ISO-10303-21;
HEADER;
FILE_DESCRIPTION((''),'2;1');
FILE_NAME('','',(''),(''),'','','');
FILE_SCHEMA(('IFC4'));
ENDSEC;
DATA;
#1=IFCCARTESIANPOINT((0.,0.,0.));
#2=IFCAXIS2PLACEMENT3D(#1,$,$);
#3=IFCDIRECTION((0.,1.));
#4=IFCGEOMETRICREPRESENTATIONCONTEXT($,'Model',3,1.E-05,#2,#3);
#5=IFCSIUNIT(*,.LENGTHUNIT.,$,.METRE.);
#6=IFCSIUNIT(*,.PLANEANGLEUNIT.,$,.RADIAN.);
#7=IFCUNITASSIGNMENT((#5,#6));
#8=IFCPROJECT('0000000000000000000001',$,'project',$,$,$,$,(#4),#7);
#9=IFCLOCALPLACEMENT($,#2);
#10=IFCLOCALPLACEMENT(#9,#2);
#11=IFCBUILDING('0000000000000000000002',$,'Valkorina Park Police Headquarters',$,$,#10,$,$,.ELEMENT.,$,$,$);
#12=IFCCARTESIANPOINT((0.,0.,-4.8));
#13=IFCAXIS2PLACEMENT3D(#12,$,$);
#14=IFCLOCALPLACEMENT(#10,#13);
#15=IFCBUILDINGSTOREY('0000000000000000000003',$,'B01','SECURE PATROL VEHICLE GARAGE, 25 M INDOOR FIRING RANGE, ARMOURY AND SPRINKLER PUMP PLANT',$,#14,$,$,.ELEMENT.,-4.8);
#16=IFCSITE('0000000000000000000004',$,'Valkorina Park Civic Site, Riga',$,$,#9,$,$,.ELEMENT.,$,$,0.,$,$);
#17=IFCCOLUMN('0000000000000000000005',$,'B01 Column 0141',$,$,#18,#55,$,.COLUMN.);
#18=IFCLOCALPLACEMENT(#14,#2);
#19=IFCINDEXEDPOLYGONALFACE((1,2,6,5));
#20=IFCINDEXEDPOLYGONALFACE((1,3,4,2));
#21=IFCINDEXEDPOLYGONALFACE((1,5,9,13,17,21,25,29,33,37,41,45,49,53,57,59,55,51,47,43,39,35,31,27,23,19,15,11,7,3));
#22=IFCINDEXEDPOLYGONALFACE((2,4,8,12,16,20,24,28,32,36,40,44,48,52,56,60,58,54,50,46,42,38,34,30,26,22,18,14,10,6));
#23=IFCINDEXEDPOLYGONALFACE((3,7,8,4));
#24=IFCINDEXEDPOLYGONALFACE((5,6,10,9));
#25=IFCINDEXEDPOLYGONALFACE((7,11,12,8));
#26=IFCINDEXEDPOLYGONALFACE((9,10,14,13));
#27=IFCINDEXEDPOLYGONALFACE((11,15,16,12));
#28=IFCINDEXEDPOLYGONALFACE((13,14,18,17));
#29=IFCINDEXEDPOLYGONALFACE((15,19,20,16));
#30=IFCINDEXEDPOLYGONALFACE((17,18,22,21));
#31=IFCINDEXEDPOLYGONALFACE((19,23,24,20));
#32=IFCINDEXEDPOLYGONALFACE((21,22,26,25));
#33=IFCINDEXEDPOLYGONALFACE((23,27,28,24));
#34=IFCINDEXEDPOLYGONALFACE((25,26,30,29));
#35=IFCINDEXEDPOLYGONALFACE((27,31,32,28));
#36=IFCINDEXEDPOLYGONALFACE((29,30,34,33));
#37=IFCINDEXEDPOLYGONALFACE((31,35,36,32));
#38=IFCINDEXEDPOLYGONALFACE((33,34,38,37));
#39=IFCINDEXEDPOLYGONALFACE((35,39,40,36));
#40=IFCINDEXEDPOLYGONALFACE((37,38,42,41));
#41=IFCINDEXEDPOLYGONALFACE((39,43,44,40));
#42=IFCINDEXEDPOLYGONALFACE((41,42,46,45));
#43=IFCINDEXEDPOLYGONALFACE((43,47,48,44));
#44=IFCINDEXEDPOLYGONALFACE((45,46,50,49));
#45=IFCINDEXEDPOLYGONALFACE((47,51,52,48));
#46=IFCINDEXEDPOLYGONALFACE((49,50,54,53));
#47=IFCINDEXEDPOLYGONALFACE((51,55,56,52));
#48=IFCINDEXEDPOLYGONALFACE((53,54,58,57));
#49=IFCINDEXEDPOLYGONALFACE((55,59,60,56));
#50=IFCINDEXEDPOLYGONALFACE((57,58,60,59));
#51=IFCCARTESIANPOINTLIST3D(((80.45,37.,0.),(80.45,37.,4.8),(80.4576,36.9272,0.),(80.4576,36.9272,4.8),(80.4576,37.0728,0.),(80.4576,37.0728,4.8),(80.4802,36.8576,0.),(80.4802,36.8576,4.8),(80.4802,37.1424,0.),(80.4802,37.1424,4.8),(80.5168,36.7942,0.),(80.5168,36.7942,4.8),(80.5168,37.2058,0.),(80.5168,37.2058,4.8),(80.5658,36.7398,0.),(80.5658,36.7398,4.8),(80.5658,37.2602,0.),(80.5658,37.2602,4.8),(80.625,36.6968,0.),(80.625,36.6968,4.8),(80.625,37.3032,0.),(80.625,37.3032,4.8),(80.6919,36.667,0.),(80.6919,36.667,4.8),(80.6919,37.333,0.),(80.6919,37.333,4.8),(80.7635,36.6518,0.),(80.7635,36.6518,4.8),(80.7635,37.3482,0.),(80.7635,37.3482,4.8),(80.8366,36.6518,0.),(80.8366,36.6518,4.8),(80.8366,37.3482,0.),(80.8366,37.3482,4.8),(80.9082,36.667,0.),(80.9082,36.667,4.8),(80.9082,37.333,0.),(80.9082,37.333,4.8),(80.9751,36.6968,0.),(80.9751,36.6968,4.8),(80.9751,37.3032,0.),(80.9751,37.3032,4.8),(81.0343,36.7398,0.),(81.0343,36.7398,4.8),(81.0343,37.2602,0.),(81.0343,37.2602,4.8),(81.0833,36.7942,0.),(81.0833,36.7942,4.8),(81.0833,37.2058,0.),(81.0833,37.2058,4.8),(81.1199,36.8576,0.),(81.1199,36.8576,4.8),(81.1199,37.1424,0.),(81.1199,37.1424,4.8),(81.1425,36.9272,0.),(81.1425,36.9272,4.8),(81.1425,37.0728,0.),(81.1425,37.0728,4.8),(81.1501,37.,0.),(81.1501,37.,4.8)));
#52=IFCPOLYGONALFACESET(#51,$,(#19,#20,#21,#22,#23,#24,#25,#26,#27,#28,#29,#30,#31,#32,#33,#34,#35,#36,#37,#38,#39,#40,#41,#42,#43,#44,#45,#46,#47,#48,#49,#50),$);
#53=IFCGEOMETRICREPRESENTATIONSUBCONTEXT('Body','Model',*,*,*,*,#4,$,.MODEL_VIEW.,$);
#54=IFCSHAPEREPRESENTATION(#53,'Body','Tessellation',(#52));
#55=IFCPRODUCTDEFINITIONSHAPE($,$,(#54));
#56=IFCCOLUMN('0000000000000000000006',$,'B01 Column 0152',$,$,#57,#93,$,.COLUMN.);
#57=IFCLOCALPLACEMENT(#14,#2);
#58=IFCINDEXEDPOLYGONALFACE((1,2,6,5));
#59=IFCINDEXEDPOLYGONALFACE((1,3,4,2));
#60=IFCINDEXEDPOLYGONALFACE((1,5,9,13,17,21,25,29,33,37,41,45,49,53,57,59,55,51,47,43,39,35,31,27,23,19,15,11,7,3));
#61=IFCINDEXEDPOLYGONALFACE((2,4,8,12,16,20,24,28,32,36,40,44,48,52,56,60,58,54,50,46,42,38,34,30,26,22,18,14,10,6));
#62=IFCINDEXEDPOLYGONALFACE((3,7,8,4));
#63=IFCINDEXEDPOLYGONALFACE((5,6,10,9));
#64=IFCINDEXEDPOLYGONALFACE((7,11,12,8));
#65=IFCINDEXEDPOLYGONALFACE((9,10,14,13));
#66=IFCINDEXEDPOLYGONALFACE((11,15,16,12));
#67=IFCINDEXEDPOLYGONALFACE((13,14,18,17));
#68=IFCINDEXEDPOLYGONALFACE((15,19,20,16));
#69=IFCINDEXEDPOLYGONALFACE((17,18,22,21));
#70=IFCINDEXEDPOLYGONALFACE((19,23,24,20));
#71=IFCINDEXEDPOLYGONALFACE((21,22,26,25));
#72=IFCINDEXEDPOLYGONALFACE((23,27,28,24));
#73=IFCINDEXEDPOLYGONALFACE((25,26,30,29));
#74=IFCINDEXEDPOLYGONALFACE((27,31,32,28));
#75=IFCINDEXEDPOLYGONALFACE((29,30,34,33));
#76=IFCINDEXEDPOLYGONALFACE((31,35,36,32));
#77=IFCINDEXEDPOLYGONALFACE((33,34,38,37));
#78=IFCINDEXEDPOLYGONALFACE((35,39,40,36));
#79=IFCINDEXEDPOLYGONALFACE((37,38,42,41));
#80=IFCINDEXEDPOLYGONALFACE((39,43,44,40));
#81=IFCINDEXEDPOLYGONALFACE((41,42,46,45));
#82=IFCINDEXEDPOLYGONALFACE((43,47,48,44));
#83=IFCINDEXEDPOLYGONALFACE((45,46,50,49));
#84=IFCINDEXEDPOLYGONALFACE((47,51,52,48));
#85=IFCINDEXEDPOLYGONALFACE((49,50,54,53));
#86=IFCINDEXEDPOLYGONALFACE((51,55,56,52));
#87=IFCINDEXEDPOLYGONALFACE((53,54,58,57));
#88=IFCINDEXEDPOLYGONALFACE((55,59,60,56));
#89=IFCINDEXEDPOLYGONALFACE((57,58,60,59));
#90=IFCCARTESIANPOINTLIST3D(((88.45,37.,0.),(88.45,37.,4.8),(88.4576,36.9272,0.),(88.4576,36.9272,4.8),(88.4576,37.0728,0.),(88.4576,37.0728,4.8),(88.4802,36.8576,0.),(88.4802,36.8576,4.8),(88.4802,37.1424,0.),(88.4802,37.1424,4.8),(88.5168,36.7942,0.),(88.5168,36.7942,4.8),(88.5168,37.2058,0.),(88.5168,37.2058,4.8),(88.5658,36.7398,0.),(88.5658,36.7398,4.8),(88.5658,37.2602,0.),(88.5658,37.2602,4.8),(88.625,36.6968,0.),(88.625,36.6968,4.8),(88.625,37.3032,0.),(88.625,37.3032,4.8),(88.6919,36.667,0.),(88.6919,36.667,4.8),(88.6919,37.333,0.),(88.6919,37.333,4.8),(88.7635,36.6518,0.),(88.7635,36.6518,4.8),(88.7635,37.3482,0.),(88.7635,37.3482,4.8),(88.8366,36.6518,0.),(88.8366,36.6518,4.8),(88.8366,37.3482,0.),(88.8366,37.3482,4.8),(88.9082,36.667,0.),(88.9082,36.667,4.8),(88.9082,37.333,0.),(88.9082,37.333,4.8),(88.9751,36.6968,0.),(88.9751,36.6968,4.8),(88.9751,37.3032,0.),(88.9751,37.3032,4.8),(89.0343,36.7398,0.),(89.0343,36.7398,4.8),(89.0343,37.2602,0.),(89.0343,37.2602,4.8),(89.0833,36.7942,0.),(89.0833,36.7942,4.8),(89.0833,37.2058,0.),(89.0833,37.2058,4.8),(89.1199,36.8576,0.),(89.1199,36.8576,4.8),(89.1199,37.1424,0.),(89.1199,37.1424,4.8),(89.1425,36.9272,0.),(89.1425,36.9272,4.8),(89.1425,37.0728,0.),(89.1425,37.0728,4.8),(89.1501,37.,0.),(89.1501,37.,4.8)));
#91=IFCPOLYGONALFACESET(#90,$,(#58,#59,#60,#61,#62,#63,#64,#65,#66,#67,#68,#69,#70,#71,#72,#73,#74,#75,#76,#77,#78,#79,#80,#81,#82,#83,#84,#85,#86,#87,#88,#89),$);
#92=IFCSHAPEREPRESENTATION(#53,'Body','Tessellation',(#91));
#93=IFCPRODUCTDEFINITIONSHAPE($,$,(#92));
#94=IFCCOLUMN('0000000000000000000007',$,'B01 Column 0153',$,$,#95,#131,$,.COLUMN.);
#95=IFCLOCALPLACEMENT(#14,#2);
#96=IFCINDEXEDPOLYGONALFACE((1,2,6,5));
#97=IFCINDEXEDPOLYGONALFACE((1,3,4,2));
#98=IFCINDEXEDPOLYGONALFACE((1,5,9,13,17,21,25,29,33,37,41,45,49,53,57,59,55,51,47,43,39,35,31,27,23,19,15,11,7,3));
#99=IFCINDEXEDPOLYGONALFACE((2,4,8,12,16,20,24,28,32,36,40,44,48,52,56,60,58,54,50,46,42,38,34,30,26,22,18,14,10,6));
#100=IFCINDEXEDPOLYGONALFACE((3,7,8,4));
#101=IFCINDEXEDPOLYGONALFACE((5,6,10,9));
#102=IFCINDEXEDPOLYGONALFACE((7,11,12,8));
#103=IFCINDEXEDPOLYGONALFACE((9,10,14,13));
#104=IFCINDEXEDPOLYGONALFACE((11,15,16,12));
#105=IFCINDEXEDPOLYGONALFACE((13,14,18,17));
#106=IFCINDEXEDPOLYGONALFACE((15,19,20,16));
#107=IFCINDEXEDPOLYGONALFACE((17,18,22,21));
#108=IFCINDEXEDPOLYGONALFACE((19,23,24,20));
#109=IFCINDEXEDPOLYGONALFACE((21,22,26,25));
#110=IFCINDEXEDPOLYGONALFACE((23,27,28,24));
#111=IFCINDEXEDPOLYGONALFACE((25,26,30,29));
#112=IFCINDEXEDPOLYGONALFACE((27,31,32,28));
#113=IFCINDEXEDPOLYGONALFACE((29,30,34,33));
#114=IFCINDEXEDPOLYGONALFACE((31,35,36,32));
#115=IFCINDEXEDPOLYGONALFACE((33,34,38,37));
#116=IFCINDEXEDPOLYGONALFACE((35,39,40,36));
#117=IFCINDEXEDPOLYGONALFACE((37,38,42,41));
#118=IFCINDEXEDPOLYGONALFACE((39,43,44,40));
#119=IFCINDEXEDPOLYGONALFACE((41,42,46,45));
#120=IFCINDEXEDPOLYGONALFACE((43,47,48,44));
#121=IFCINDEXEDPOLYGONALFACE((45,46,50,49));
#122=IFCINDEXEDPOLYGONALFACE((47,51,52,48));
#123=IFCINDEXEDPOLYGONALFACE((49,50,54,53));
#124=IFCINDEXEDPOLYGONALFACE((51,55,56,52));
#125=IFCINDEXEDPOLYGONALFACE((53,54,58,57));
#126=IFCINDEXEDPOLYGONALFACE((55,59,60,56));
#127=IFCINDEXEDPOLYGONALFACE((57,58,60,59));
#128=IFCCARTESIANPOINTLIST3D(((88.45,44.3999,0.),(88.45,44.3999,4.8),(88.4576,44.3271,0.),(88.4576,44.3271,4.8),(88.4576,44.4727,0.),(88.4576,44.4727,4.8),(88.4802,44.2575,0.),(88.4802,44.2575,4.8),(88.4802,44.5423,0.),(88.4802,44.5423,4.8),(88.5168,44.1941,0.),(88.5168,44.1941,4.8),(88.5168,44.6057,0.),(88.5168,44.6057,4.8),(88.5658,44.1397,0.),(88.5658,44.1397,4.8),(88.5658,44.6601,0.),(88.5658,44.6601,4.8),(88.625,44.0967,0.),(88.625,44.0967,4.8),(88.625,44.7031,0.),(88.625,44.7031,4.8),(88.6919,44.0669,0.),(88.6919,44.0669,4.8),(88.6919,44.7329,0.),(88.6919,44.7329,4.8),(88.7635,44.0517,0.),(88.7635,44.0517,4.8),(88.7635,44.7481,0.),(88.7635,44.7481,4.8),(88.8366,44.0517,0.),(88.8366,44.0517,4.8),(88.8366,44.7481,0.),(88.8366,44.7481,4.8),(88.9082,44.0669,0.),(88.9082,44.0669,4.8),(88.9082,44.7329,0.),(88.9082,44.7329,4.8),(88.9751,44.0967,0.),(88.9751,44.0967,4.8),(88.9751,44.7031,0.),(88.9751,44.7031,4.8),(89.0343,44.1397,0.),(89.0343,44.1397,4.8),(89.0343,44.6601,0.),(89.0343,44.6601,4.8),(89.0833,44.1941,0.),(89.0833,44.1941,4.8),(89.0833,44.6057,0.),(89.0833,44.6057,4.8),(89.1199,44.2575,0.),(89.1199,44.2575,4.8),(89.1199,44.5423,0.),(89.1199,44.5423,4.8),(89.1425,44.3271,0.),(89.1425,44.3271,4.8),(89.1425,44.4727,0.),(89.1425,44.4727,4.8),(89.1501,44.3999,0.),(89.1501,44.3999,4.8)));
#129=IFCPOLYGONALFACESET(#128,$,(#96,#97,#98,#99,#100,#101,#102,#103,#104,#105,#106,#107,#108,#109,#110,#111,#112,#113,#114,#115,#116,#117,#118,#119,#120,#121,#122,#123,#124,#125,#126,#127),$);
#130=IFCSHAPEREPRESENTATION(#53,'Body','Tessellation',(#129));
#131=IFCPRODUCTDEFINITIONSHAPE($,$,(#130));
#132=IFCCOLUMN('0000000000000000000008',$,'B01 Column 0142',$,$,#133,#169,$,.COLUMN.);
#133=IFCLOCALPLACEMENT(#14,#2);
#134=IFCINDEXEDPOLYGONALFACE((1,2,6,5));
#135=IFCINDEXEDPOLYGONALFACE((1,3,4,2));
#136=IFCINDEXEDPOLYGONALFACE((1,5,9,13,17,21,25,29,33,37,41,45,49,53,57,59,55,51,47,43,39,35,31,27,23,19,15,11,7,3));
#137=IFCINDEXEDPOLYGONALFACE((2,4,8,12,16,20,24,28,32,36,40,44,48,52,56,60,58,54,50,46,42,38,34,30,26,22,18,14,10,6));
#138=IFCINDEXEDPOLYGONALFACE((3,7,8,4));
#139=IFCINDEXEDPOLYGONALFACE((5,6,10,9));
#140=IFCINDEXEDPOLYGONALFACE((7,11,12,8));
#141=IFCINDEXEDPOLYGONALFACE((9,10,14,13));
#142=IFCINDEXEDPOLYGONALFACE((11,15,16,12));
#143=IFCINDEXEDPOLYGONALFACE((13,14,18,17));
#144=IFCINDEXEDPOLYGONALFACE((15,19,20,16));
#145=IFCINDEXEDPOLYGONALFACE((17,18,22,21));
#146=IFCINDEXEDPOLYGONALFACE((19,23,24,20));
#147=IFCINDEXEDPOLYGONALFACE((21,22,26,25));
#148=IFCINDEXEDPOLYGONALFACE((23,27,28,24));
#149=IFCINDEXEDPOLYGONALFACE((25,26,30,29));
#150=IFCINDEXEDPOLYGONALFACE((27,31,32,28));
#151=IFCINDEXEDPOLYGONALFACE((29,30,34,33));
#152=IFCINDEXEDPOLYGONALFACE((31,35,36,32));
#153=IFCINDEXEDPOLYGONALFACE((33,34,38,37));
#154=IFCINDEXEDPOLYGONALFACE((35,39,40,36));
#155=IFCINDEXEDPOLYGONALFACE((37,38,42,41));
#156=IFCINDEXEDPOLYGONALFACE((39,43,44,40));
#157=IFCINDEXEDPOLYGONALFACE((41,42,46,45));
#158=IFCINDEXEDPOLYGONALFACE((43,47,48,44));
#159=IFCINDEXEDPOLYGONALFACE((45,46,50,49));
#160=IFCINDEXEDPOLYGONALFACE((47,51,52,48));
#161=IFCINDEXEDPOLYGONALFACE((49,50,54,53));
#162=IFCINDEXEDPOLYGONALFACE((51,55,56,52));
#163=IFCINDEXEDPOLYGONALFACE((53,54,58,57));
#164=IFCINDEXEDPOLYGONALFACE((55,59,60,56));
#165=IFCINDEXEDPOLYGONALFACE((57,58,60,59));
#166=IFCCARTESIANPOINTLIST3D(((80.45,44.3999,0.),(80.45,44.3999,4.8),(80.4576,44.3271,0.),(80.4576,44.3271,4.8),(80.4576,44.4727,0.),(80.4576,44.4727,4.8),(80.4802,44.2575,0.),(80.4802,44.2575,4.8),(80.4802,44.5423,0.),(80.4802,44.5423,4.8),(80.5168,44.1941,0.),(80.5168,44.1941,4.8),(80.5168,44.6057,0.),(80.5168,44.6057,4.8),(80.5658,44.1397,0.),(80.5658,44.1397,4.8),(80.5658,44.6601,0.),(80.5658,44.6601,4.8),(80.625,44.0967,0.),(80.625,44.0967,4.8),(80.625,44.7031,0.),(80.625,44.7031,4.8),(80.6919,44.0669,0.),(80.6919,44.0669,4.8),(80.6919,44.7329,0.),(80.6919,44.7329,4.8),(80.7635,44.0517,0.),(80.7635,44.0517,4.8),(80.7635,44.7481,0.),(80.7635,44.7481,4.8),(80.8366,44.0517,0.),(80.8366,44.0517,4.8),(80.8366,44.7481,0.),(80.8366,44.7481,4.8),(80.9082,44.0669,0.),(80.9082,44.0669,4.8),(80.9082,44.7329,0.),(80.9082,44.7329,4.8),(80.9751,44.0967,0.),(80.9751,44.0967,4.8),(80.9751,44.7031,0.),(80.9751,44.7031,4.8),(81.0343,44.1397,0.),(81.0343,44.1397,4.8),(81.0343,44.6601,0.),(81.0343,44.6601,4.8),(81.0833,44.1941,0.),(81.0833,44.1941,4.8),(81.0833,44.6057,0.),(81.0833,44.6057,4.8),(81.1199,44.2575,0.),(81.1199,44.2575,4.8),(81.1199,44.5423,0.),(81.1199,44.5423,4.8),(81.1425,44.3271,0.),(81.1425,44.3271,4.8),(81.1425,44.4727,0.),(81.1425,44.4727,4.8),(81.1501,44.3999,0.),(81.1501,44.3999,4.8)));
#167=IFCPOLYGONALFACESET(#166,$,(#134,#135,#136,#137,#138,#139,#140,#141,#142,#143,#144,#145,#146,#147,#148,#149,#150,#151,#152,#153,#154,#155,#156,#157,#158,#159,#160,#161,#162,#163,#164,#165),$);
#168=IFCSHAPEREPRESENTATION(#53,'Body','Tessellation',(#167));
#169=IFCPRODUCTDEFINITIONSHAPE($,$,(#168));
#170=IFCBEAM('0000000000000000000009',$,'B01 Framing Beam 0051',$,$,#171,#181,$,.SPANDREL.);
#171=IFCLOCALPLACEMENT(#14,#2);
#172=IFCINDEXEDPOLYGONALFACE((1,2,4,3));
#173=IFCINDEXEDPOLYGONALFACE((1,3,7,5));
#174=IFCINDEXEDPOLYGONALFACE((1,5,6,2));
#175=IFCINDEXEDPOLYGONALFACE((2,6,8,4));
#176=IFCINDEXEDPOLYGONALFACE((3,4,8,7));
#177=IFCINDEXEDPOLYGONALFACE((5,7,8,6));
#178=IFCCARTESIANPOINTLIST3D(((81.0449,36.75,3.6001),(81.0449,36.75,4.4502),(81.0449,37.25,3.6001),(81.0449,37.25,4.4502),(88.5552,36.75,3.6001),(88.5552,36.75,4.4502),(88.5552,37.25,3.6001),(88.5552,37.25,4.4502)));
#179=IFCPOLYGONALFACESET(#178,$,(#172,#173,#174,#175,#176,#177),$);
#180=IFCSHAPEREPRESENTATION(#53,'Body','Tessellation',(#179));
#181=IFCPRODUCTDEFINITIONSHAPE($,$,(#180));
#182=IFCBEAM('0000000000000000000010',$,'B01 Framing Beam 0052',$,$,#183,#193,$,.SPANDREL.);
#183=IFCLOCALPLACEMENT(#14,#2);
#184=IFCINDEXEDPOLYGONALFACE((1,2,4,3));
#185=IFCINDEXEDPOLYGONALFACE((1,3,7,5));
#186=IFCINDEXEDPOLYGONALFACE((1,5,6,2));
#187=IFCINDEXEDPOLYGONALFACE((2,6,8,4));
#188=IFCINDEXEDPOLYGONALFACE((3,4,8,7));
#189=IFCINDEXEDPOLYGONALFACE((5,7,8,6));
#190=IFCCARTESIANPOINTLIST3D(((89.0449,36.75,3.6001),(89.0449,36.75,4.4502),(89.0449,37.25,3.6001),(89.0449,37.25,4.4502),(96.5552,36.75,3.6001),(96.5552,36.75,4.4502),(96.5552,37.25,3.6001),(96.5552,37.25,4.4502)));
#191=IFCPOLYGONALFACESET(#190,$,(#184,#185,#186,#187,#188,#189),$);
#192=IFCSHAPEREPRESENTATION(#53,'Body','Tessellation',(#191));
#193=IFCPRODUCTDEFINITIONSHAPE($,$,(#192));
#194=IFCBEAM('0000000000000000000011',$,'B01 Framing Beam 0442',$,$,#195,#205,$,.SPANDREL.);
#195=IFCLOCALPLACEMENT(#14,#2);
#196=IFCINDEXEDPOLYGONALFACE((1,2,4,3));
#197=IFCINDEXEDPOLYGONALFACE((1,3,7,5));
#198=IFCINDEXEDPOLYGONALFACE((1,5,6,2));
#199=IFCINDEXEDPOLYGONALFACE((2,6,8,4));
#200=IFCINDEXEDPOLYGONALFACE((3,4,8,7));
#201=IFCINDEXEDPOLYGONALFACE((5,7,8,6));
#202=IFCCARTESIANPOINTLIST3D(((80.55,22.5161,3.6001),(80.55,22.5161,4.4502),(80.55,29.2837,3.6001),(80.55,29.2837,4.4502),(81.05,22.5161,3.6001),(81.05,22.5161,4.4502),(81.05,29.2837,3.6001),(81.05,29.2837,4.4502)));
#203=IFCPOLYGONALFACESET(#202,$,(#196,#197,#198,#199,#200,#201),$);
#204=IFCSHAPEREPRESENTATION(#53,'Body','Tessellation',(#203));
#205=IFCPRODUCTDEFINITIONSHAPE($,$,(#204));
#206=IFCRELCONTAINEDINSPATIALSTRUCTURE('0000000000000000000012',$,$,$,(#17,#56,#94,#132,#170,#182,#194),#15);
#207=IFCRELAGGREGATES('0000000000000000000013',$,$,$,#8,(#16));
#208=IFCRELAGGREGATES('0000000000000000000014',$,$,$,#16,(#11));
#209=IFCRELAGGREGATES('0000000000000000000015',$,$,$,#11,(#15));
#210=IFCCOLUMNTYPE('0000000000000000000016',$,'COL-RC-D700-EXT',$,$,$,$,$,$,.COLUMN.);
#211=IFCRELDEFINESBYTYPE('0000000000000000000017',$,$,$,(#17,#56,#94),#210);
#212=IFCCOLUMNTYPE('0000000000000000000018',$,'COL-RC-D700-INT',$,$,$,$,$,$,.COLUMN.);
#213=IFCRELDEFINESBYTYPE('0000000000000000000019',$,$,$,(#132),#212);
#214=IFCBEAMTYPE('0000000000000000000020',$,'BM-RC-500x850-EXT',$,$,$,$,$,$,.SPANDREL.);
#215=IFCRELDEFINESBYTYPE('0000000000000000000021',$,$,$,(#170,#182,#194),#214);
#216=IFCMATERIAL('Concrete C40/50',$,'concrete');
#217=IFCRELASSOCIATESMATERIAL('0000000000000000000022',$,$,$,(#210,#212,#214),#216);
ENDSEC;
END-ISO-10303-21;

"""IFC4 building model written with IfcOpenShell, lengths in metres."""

from ifc_helpers import new_model, si_unit, direction, frame, origin, origin_2d, place, context, subcontext, project, spatial, rectangle, circle, extrude, material, material_profile, profile_set, type_object, element, save


model = new_model("IFC4")

# Units and contexts
model_context = context("Model", 3, precision=1e-05, world=origin(), true_north=direction((0.0, 1.0)))
body_context = subcontext(model_context, "Body", "Model", "MODEL_VIEW")
ifc_project = project(units=[si_unit("LENGTHUNIT", "METRE"), si_unit("PLANEANGLEUNIT", "RADIAN")], contexts=[model_context])

# Site, building, storey
site_placement = place(None, origin())
site = spatial("IfcSite", under=ifc_project, at=site_placement, Name="Valkorina Park Civic Site, Riga", CompositionType="ELEMENT", RefElevation=0.0)
building_placement = place(site_placement, origin())
building = spatial("IfcBuilding", under=site, at=building_placement, Name="Valkorina Park Police Headquarters", CompositionType="ELEMENT")
storey_placement = place(building_placement, frame((0.0, 0.0, -4.8)))
storey = spatial("IfcBuildingStorey", under=building, at=storey_placement, Name="B01", Description="SECURE PATROL VEHICLE GARAGE, 25 M INDOOR FIRING RANGE, ARMOURY AND SPRINKLER PUMP PLANT", CompositionType="ELEMENT", Elevation=-4.8)

# Shared definitions
ifc_material_1 = material(Name="Concrete C40/50", Category="concrete")

# Columns
ifc_material_profile_1 = material_profile(ifc_material_1, circle(Radius=0.3501, at=origin_2d()), Name="RC COL D700")
ifc_profile_set_1 = profile_set([ifc_material_profile_1], Name="Concrete C40/50")
column_type_1 = type_object("IfcColumnType", Name="COL-RC-D700-EXT", PredefinedType="COLUMN", material=ifc_profile_set_1)
for number, where, z_axis, x_axis, name in (
    (1, (80.8, 37.0, 0.0), (0.0, 0.0, 1.0), (1.0, 0.0, 0.0), "B01 Column 0141"),
    (2, (88.8, 37.0, 0.0), (0.0, 0.0, 1.0), (1.0, 0.0, 0.0), "B01 Column 0152"),
    (3, (88.8, 44.3999, 0.0), (0.0, 0.0, 1.0), (1.0, 0.0, 0.0), "B01 Column 0153"),
):
    element("IfcColumn", number, at=place(storey_placement, frame(where, z_axis=z_axis, x_axis=x_axis)), inside=storey, type_object=column_type_1, Name=name, PredefinedType="COLUMN", context=body_context, shape_type="SweptSolid", body=[
        extrude(circle(Radius=0.3501, at=origin_2d()), origin(), (0.0, 0.0, 1.0), 4.8),
    ])
ifc_material_profile_2 = material_profile(ifc_material_1, circle(Radius=0.3501, at=origin_2d()), Name="RC COL D700")
ifc_profile_set_2 = profile_set([ifc_material_profile_2], Name="Concrete C40/50")
column_type_2 = type_object("IfcColumnType", Name="COL-RC-D700-INT", PredefinedType="COLUMN", material=ifc_profile_set_2)
column_placement = place(storey_placement, frame((80.8, 44.3999, 0.0), z_axis=(0.0, 0.0, 1.0), x_axis=(1.0, 0.0, 0.0)))
element("IfcColumn", 4, at=column_placement, inside=storey, type_object=column_type_2, Name="B01 Column 0142", PredefinedType="COLUMN", context=body_context, shape_type="SweptSolid", body=[
    extrude(circle(Radius=0.3501, at=origin_2d()), origin(), (0.0, 0.0, 1.0), 4.8),
])

# Beams
ifc_material_profile_3 = material_profile(ifc_material_1, rectangle(XDim=0.5, YDim=0.8501, at=origin_2d()), Name="RC BEAM 500x850")
ifc_profile_set_3 = profile_set([ifc_material_profile_3], Name="Concrete C40/50")
beam_type_1 = type_object("IfcBeamType", Name="BM-RC-500x850-EXT", PredefinedType="SPANDREL", material=ifc_profile_set_3)
for number, where, z_axis, x_axis, name in (
    (5, (81.0449, 37.0, 4.0251), (1.0, 0.0, 0.0), (0.0, 1.0, 0.0), "B01 Framing Beam 0051"),
    (6, (89.0449, 37.0, 4.0251), (1.0, 0.0, 0.0), (0.0, 1.0, 0.0), "B01 Framing Beam 0052"),
):
    element("IfcBeam", number, at=place(storey_placement, frame(where, z_axis=z_axis, x_axis=x_axis)), inside=storey, type_object=beam_type_1, Name=name, PredefinedType="SPANDREL", context=body_context, shape_type="SweptSolid", body=[
        extrude(rectangle(XDim=0.5, YDim=0.8501, at=origin_2d()), origin(), (0.0, 0.0, 1.0), 7.5103),
    ])
for number, where, z_axis, x_axis, name in (
    (7, (80.8, 22.5161, 4.0251), (0.0, 1.0, 0.0), (-1.0, 0.0, 0.0), "B01 Framing Beam 0442"),
):
    element("IfcBeam", number, at=place(storey_placement, frame(where, z_axis=z_axis, x_axis=x_axis)), inside=storey, type_object=beam_type_1, Name=name, PredefinedType="SPANDREL", context=body_context, shape_type="SweptSolid", body=[
        extrude(rectangle(XDim=0.5, YDim=0.8501, at=origin_2d()), origin(), (0.0, 0.0, 1.0), 6.7676),
    ])

save(model, "model.ifc")
